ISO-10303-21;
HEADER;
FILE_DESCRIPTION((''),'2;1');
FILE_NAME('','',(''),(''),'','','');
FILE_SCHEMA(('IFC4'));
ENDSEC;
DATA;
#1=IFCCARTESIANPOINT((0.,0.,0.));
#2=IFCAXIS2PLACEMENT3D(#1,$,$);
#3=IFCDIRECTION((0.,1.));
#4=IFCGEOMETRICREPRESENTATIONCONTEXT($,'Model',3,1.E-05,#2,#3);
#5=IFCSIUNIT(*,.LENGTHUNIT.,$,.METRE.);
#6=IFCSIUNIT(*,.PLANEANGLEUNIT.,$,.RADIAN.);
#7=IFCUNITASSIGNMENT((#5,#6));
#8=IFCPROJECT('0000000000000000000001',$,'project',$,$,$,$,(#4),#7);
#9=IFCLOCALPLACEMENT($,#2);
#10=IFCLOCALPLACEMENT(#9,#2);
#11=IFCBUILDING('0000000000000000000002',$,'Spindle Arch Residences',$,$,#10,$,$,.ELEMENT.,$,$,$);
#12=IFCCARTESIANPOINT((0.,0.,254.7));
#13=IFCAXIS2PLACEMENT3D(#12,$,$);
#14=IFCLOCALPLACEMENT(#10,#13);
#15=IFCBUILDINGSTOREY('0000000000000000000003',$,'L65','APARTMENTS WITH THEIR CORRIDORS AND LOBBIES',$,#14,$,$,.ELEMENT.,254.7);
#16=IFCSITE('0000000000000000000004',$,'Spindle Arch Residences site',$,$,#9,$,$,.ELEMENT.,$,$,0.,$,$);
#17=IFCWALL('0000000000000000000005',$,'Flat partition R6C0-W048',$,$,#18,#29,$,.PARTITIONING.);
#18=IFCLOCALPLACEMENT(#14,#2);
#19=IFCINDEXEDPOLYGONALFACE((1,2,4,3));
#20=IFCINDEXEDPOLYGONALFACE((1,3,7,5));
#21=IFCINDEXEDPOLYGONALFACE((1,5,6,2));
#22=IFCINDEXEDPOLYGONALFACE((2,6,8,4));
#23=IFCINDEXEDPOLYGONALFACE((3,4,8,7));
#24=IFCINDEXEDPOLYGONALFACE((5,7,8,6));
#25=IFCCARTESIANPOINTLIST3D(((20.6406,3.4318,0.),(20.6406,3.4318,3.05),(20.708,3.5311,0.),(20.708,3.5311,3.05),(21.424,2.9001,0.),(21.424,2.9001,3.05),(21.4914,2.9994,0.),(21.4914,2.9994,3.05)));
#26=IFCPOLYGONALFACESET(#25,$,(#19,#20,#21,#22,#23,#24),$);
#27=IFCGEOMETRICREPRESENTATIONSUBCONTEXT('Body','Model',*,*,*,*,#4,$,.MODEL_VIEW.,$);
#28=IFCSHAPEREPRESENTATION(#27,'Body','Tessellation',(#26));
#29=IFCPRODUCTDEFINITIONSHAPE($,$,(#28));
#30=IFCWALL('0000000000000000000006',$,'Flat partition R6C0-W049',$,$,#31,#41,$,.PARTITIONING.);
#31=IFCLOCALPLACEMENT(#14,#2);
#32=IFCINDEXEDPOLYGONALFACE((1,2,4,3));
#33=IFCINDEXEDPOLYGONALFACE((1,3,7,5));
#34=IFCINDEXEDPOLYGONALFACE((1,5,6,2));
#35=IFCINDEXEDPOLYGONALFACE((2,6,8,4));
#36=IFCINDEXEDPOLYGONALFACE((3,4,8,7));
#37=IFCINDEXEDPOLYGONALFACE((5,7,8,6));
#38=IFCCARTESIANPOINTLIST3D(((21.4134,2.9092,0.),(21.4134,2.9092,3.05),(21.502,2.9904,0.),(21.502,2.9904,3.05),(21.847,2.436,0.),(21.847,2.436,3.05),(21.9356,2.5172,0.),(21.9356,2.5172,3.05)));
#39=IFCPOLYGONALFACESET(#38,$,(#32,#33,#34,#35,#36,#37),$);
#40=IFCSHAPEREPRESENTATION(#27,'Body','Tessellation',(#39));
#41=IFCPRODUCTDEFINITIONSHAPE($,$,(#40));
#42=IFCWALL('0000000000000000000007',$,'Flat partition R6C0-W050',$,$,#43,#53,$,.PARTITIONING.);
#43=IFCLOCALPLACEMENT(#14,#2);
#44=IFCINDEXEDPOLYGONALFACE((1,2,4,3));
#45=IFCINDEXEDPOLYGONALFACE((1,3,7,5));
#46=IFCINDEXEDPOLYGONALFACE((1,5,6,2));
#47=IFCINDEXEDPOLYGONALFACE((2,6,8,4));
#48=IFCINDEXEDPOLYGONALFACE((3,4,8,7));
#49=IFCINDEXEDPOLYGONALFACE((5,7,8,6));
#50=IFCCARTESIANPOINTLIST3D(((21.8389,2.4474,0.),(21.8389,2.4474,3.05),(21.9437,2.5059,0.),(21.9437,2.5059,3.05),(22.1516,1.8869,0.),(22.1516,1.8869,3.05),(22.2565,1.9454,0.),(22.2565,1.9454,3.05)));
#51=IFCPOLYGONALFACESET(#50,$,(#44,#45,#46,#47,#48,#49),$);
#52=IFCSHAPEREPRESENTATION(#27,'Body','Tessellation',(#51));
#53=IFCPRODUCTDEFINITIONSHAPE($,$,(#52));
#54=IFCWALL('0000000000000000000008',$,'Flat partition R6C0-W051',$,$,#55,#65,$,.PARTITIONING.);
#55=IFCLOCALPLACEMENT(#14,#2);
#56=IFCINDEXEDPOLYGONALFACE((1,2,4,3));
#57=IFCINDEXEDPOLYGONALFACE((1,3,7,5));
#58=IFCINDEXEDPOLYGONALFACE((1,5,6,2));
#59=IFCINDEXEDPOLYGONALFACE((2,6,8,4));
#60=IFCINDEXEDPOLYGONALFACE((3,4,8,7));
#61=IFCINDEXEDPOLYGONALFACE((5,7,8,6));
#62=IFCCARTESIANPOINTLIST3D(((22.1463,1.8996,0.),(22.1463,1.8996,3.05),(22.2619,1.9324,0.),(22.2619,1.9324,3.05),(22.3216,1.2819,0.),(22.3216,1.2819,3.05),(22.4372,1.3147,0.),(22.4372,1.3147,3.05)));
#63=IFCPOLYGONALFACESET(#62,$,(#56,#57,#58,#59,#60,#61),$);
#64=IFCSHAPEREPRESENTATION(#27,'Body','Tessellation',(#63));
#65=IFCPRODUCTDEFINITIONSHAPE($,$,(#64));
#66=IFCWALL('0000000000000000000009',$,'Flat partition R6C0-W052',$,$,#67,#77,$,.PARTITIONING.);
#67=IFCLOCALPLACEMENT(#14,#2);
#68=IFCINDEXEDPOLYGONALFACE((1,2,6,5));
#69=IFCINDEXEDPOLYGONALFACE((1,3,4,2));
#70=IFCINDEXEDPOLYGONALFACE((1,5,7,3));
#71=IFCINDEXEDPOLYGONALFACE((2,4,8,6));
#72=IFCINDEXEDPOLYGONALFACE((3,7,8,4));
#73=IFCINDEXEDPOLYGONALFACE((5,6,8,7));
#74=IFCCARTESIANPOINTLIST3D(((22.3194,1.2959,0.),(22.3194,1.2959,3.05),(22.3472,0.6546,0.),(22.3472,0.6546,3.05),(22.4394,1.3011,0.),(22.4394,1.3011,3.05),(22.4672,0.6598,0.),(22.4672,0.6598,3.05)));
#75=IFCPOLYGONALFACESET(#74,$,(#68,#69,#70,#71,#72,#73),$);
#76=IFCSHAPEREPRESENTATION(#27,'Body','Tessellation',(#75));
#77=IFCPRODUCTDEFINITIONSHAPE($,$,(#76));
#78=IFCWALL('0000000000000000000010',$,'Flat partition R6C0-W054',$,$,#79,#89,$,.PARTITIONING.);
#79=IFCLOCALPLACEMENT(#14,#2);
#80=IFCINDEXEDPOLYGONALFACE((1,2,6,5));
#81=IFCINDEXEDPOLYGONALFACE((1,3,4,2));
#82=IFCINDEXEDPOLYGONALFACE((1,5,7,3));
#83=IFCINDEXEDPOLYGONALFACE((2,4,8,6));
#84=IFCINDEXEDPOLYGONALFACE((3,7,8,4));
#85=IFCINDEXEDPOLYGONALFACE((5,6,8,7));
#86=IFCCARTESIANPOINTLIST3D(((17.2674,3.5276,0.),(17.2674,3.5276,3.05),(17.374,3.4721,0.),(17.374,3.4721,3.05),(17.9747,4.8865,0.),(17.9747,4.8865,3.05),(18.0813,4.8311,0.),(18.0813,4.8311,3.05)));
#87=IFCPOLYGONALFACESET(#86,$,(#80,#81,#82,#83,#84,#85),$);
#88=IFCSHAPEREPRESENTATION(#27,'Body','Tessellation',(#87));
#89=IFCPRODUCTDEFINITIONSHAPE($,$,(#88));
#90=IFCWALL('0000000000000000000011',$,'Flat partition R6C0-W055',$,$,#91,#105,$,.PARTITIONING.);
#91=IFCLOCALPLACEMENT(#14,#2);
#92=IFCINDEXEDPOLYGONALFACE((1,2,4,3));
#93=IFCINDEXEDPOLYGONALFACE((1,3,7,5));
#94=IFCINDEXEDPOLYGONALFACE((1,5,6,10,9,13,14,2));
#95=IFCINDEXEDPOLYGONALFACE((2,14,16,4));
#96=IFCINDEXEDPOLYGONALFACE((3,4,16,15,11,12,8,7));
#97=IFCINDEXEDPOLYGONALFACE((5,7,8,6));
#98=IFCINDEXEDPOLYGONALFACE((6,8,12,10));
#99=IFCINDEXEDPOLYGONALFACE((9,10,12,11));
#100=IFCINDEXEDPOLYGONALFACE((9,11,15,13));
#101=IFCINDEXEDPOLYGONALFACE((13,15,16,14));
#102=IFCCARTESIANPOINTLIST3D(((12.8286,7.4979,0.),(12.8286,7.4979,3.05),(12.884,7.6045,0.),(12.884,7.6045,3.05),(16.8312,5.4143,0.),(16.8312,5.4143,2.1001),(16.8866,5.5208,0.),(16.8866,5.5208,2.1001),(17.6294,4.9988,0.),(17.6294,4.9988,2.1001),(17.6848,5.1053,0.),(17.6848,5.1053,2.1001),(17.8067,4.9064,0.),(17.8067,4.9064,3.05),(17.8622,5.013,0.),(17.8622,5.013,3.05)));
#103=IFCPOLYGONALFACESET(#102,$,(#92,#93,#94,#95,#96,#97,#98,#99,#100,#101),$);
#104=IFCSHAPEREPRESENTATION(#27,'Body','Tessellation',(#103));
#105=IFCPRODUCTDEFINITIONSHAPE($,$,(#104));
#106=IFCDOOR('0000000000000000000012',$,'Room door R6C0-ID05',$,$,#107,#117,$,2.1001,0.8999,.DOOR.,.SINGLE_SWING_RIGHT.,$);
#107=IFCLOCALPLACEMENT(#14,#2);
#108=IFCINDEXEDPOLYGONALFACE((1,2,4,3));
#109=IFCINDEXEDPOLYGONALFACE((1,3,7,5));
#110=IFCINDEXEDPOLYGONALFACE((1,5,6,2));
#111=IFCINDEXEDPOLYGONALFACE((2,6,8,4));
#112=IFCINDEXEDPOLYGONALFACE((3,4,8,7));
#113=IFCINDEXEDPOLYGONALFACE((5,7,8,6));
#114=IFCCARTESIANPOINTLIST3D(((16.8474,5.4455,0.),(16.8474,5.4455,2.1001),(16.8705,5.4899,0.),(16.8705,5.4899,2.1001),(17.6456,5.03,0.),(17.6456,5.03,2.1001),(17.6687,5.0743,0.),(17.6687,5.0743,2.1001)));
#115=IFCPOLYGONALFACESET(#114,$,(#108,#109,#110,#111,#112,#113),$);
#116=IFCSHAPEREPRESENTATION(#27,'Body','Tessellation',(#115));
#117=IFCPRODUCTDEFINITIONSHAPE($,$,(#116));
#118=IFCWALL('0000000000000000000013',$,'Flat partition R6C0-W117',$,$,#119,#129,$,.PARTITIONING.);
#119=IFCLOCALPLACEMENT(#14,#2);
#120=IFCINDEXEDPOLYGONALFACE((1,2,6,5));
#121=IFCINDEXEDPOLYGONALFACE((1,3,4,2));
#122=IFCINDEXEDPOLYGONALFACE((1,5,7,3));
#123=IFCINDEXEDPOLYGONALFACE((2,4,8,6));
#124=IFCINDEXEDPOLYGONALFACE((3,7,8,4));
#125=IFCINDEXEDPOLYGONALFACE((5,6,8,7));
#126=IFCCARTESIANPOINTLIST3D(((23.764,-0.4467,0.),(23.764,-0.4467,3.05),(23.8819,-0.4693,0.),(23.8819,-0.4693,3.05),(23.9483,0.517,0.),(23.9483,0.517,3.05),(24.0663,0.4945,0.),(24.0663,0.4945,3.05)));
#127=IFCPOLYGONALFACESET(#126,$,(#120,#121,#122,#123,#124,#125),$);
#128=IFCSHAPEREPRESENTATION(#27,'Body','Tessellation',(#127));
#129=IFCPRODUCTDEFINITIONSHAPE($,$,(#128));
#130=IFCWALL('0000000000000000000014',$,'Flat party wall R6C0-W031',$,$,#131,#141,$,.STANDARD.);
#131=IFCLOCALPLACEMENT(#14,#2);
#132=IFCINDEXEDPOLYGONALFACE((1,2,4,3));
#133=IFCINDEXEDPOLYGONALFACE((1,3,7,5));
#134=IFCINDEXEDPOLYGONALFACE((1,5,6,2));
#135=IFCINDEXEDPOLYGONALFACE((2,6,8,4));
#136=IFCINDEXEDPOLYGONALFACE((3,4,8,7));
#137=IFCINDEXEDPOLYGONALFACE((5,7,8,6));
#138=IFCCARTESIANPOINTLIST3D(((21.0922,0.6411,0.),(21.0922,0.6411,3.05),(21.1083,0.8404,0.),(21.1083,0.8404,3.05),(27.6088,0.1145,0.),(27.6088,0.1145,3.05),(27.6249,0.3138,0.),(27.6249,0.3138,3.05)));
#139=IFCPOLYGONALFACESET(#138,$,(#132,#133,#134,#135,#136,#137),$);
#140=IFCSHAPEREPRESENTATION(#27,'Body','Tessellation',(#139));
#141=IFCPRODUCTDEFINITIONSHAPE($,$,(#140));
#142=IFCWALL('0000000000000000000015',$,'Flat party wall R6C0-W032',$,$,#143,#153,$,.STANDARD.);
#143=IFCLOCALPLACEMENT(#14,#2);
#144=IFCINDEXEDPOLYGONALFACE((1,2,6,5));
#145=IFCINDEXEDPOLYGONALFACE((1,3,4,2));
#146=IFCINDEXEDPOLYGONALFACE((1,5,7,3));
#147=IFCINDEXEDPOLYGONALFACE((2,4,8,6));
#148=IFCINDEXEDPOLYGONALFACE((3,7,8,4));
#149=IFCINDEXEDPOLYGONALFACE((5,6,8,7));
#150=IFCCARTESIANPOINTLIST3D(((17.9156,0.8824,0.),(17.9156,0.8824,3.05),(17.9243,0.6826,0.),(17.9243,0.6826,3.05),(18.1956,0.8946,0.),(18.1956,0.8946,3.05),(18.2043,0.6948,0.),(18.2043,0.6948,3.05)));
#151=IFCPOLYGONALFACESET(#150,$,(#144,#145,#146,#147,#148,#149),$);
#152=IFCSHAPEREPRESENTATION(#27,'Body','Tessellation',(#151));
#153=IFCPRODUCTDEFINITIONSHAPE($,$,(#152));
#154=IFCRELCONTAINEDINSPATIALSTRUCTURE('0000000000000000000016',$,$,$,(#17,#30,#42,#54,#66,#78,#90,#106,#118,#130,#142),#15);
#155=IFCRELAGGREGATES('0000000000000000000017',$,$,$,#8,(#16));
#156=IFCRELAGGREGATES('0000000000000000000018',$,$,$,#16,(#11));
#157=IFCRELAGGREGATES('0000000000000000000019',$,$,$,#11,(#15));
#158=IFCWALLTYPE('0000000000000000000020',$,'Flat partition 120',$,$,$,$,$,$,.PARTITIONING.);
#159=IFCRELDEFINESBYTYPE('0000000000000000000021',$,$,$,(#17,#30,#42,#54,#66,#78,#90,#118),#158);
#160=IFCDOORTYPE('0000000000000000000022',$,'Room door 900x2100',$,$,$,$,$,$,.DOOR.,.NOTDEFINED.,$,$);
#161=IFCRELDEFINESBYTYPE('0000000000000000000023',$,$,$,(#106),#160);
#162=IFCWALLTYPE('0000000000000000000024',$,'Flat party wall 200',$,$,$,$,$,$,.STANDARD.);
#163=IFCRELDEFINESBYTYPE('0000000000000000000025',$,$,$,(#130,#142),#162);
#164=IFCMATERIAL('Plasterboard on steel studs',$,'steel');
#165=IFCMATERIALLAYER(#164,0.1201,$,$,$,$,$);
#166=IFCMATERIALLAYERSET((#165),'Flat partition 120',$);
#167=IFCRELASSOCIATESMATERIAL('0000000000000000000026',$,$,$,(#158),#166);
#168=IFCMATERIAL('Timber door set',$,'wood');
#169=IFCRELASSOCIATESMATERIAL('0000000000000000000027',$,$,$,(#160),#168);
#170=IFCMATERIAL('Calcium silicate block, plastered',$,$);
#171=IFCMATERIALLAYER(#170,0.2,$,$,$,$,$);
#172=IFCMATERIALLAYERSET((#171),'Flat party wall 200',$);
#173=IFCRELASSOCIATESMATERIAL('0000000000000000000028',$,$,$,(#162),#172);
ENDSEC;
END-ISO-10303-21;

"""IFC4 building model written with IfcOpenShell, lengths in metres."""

from ifc_helpers import new_model, si_unit, direction, frame, frame_2d, origin, place, context, subcontext, project, spatial, rectangle, extrude, material, layer, layer_set, type_object, element, fill, save


model = new_model("IFC4")

# Units and contexts
model_context = context("Model", 3, precision=1e-05, world=origin(), true_north=direction((0.0, 1.0)))
body_context = subcontext(model_context, "Body", "Model", "MODEL_VIEW")
ifc_project = project(units=[si_unit("LENGTHUNIT", "METRE"), si_unit("PLANEANGLEUNIT", "RADIAN")], contexts=[model_context])

# Site, building, storey
site_placement = place(None, origin())
site = spatial("IfcSite", under=ifc_project, at=site_placement, Name="Spindle Arch Residences site", CompositionType="ELEMENT", RefElevation=0.0)
building_placement = place(site_placement, origin())
building = spatial("IfcBuilding", under=site, at=building_placement, Name="Spindle Arch Residences", CompositionType="ELEMENT")
storey_placement = place(building_placement, frame((0.0, 0.0, 254.7)))
storey = spatial("IfcBuildingStorey", under=building, at=storey_placement, Name="L65", Description="APARTMENTS WITH THEIR CORRIDORS AND LOBBIES", CompositionType="ELEMENT", Elevation=254.7)

# Shared definitions
ifc_material_1 = material(Name="Plasterboard on steel studs", Category="steel")
ifc_layer_1 = layer(ifc_material_1, 0.1201)
ifc_layer_set_1 = layer_set([ifc_layer_1], Name="Flat partition 120")
wall_type_1 = type_object("IfcWallType", Name="Flat partition 120", PredefinedType="PARTITIONING", material=ifc_layer_set_1)

# Shared definitions
ifc_material_2 = material(Name="Timber door set", Category="wood")
door_type_1 = type_object("IfcDoorType", Name="Room door 900x2100", OperationType="NOTDEFINED", PredefinedType="DOOR", material=ifc_material_2)

# Walls
wall_1_placement = place(storey_placement, frame((20.6743, 3.4814, 0.0), z_axis=(0.0, 0.0, 1.0), x_axis=(0.82742, -0.561583, 0.0)))
element("IfcWall", 1, at=wall_1_placement, inside=storey, type_object=wall_type_1, Name="Flat partition R6C0-W048", PredefinedType="PARTITIONING", context=body_context, shape_type="SweptSolid", body=[
    extrude(rectangle(XDim=0.9468, YDim=0.1201, at=frame_2d((0.4734, 0.0))), origin(), (0.0, 0.0, 1.0), 3.05),
])
for number, where, z_axis, x_axis, name in (
    (2, (21.4578, 2.9497, 0.0), (0.0, 0.0, 1.0), (0.675621, -0.737249, 0.0), "Flat partition R6C0-W049"),
    (3, (21.8914, 2.4766, 0.0), (0.0, 0.0, 1.0), (0.487225, -0.873277, 0.0), "Flat partition R6C0-W050"),
):
    element("IfcWall", number, at=place(storey_placement, frame(where, z_axis=z_axis, x_axis=x_axis)), inside=storey, type_object=wall_type_1, Name=name, PredefinedType="PARTITIONING", context=body_context, shape_type="SweptSolid", body=[
        extrude(rectangle(XDim=0.6418, YDim=0.1201, at=frame_2d((0.3208, 0.0))), origin(), (0.0, 0.0, 1.0), 3.05),
    ])
wall_2_placement = place(storey_placement, frame((22.2041, 1.916, 0.0), z_axis=(0.0, 0.0, 1.0), x_axis=(0.273013, -0.96201, 0.0)))
element("IfcWall", 4, at=wall_2_placement, inside=storey, type_object=wall_type_1, Name="Flat partition R6C0-W051", PredefinedType="PARTITIONING", context=body_context, shape_type="SweptSolid", body=[
    extrude(rectangle(XDim=0.6421, YDim=0.1201, at=frame_2d((0.321, 0.0))), origin(), (0.0, 0.0, 1.0), 3.05),
])
wall_3_placement = place(storey_placement, frame((22.3794, 1.2983, 0.0), z_axis=(0.0, 0.0, 1.0), x_axis=(0.043355, -0.99906, 0.0)))
element("IfcWall", 5, at=wall_3_placement, inside=storey, type_object=wall_type_1, Name="Flat partition R6C0-W052", PredefinedType="PARTITIONING", context=body_context, shape_type="SweptSolid", body=[
    extrude(rectangle(XDim=0.6418, YDim=0.1201, at=frame_2d((0.3208, 0.0))), origin(), (0.0, 0.0, 1.0), 3.05),
])
wall_4_placement = place(storey_placement, frame((18.0281, 4.8589, 0.0), z_axis=(0.0, 0.0, 1.0), x_axis=(-0.461689, -0.887042, 0.0)))
element("IfcWall", 6, at=wall_4_placement, inside=storey, type_object=wall_type_1, Name="Flat partition R6C0-W054", PredefinedType="PARTITIONING", context=body_context, shape_type="SweptSolid", body=[
    extrude(rectangle(XDim=1.532, YDim=0.1201, at=frame_2d((0.7661, 0.0))), origin(), (0.0, 0.0, 1.0), 3.05),
])

# Wall, opening, door
wall_5_placement = place(storey_placement, frame((17.8345, 4.9597, 0.0), z_axis=(0.0, 0.0, 1.0), x_axis=(-0.887009, 0.461753, 0.0)))
wall_5 = element("IfcWall", 7, at=wall_5_placement, inside=storey, type_object=wall_type_1, Name="Flat partition R6C0-W055", PredefinedType="PARTITIONING", context=body_context, shape_type="SweptSolid", body=[
    extrude(rectangle(XDim=5.6123, YDim=0.1201, at=frame_2d((2.8062, 0.0))), origin(), (0.0, 0.0, 1.0), 3.05),
])
opening_1_placement = place(wall_5_placement, frame((0.2, 0.0, 0.0)))
opening_1 = element("IfcOpeningElement", 8, at=opening_1_placement, cuts=wall_5, PredefinedType="OPENING", context=body_context, shape_type="SweptSolid", body=[
    extrude(rectangle(XDim=0.8999, YDim=2.1001, at=frame_2d((0.45, 1.05))), frame((0.0, 0.0701, 0.0), z_axis=(0.0, -1.0, 0.0), x_axis=(1.0, 0.0, 0.0)), (0.0, 0.0, 1.0), 0.1401),
])
door_1_placement = place(opening_1_placement, origin())
door_1 = element("IfcDoor", 9, at=door_1_placement, inside=storey, type_object=door_type_1, Name="Room door R6C0-ID05", OperationType="SINGLE_SWING_RIGHT", OverallHeight=2.1001, OverallWidth=0.8999, PredefinedType="DOOR", context=body_context, shape_type="SweptSolid", body=[
    extrude(rectangle(XDim=0.8999, YDim=2.1001, at=frame_2d((0.45, 1.05))), frame((0.0, 0.0249, 0.0), z_axis=(0.0, -1.0, 0.0), x_axis=(1.0, 0.0, 0.0)), (0.0, 0.0, 1.0), 0.05),
])
fill(opening_1, door_1)

# Walls
wall_6_placement = place(storey_placement, frame((24.0073, 0.5059, 0.0), z_axis=(0.0, 0.0, 1.0), x_axis=(-0.187878, -0.982192, 0.0)))
element("IfcWall", 10, at=wall_6_placement, inside=storey, type_object=wall_type_1, Name="Flat partition R6C0-W117", PredefinedType="PARTITIONING", context=body_context, shape_type="SweptSolid", body=[
    extrude(rectangle(XDim=0.9812, YDim=0.1201, at=frame_2d((0.4907, 0.0))), origin(), (0.0, 0.0, 1.0), 3.05),
])
ifc_material_3 = material(Name="Calcium silicate block, plastered")
ifc_layer_2 = layer(ifc_material_3, 0.2)
ifc_layer_set_2 = layer_set([ifc_layer_2], Name="Flat party wall 200")
wall_type_2 = type_object("IfcWallType", Name="Flat party wall 200", PredefinedType="STANDARD", material=ifc_layer_set_2)
wall_7_placement = place(storey_placement, frame((21.1001, 0.7407, 0.0), z_axis=(0.0, 0.0, 1.0), x_axis=(0.996751, -0.080548, 0.0)))
element("IfcWall", 11, at=wall_7_placement, inside=storey, type_object=wall_type_2, Name="Flat party wall R6C0-W031", PredefinedType="STANDARD", context=body_context, shape_type="SweptSolid", body=[
    extrude(rectangle(XDim=6.5378, YDim=0.2, at=frame_2d((3.269, 0.0))), origin(), (0.0, 0.0, 1.0), 3.05),
])
wall_8_placement = place(storey_placement, frame((17.9199, 0.7825, 0.0), z_axis=(0.0, 0.0, 1.0), x_axis=(0.999051, 0.043551, 0.0)))
element("IfcWall", 12, at=wall_8_placement, inside=storey, type_object=wall_type_2, Name="Flat party wall R6C0-W032", PredefinedType="STANDARD", context=body_context, shape_type="SweptSolid", body=[
    extrude(rectangle(XDim=0.2803, YDim=0.2, at=frame_2d((0.1401, 0.0))), origin(), (0.0, 0.0, 1.0), 3.05),
])

save(model, "model.ifc")
